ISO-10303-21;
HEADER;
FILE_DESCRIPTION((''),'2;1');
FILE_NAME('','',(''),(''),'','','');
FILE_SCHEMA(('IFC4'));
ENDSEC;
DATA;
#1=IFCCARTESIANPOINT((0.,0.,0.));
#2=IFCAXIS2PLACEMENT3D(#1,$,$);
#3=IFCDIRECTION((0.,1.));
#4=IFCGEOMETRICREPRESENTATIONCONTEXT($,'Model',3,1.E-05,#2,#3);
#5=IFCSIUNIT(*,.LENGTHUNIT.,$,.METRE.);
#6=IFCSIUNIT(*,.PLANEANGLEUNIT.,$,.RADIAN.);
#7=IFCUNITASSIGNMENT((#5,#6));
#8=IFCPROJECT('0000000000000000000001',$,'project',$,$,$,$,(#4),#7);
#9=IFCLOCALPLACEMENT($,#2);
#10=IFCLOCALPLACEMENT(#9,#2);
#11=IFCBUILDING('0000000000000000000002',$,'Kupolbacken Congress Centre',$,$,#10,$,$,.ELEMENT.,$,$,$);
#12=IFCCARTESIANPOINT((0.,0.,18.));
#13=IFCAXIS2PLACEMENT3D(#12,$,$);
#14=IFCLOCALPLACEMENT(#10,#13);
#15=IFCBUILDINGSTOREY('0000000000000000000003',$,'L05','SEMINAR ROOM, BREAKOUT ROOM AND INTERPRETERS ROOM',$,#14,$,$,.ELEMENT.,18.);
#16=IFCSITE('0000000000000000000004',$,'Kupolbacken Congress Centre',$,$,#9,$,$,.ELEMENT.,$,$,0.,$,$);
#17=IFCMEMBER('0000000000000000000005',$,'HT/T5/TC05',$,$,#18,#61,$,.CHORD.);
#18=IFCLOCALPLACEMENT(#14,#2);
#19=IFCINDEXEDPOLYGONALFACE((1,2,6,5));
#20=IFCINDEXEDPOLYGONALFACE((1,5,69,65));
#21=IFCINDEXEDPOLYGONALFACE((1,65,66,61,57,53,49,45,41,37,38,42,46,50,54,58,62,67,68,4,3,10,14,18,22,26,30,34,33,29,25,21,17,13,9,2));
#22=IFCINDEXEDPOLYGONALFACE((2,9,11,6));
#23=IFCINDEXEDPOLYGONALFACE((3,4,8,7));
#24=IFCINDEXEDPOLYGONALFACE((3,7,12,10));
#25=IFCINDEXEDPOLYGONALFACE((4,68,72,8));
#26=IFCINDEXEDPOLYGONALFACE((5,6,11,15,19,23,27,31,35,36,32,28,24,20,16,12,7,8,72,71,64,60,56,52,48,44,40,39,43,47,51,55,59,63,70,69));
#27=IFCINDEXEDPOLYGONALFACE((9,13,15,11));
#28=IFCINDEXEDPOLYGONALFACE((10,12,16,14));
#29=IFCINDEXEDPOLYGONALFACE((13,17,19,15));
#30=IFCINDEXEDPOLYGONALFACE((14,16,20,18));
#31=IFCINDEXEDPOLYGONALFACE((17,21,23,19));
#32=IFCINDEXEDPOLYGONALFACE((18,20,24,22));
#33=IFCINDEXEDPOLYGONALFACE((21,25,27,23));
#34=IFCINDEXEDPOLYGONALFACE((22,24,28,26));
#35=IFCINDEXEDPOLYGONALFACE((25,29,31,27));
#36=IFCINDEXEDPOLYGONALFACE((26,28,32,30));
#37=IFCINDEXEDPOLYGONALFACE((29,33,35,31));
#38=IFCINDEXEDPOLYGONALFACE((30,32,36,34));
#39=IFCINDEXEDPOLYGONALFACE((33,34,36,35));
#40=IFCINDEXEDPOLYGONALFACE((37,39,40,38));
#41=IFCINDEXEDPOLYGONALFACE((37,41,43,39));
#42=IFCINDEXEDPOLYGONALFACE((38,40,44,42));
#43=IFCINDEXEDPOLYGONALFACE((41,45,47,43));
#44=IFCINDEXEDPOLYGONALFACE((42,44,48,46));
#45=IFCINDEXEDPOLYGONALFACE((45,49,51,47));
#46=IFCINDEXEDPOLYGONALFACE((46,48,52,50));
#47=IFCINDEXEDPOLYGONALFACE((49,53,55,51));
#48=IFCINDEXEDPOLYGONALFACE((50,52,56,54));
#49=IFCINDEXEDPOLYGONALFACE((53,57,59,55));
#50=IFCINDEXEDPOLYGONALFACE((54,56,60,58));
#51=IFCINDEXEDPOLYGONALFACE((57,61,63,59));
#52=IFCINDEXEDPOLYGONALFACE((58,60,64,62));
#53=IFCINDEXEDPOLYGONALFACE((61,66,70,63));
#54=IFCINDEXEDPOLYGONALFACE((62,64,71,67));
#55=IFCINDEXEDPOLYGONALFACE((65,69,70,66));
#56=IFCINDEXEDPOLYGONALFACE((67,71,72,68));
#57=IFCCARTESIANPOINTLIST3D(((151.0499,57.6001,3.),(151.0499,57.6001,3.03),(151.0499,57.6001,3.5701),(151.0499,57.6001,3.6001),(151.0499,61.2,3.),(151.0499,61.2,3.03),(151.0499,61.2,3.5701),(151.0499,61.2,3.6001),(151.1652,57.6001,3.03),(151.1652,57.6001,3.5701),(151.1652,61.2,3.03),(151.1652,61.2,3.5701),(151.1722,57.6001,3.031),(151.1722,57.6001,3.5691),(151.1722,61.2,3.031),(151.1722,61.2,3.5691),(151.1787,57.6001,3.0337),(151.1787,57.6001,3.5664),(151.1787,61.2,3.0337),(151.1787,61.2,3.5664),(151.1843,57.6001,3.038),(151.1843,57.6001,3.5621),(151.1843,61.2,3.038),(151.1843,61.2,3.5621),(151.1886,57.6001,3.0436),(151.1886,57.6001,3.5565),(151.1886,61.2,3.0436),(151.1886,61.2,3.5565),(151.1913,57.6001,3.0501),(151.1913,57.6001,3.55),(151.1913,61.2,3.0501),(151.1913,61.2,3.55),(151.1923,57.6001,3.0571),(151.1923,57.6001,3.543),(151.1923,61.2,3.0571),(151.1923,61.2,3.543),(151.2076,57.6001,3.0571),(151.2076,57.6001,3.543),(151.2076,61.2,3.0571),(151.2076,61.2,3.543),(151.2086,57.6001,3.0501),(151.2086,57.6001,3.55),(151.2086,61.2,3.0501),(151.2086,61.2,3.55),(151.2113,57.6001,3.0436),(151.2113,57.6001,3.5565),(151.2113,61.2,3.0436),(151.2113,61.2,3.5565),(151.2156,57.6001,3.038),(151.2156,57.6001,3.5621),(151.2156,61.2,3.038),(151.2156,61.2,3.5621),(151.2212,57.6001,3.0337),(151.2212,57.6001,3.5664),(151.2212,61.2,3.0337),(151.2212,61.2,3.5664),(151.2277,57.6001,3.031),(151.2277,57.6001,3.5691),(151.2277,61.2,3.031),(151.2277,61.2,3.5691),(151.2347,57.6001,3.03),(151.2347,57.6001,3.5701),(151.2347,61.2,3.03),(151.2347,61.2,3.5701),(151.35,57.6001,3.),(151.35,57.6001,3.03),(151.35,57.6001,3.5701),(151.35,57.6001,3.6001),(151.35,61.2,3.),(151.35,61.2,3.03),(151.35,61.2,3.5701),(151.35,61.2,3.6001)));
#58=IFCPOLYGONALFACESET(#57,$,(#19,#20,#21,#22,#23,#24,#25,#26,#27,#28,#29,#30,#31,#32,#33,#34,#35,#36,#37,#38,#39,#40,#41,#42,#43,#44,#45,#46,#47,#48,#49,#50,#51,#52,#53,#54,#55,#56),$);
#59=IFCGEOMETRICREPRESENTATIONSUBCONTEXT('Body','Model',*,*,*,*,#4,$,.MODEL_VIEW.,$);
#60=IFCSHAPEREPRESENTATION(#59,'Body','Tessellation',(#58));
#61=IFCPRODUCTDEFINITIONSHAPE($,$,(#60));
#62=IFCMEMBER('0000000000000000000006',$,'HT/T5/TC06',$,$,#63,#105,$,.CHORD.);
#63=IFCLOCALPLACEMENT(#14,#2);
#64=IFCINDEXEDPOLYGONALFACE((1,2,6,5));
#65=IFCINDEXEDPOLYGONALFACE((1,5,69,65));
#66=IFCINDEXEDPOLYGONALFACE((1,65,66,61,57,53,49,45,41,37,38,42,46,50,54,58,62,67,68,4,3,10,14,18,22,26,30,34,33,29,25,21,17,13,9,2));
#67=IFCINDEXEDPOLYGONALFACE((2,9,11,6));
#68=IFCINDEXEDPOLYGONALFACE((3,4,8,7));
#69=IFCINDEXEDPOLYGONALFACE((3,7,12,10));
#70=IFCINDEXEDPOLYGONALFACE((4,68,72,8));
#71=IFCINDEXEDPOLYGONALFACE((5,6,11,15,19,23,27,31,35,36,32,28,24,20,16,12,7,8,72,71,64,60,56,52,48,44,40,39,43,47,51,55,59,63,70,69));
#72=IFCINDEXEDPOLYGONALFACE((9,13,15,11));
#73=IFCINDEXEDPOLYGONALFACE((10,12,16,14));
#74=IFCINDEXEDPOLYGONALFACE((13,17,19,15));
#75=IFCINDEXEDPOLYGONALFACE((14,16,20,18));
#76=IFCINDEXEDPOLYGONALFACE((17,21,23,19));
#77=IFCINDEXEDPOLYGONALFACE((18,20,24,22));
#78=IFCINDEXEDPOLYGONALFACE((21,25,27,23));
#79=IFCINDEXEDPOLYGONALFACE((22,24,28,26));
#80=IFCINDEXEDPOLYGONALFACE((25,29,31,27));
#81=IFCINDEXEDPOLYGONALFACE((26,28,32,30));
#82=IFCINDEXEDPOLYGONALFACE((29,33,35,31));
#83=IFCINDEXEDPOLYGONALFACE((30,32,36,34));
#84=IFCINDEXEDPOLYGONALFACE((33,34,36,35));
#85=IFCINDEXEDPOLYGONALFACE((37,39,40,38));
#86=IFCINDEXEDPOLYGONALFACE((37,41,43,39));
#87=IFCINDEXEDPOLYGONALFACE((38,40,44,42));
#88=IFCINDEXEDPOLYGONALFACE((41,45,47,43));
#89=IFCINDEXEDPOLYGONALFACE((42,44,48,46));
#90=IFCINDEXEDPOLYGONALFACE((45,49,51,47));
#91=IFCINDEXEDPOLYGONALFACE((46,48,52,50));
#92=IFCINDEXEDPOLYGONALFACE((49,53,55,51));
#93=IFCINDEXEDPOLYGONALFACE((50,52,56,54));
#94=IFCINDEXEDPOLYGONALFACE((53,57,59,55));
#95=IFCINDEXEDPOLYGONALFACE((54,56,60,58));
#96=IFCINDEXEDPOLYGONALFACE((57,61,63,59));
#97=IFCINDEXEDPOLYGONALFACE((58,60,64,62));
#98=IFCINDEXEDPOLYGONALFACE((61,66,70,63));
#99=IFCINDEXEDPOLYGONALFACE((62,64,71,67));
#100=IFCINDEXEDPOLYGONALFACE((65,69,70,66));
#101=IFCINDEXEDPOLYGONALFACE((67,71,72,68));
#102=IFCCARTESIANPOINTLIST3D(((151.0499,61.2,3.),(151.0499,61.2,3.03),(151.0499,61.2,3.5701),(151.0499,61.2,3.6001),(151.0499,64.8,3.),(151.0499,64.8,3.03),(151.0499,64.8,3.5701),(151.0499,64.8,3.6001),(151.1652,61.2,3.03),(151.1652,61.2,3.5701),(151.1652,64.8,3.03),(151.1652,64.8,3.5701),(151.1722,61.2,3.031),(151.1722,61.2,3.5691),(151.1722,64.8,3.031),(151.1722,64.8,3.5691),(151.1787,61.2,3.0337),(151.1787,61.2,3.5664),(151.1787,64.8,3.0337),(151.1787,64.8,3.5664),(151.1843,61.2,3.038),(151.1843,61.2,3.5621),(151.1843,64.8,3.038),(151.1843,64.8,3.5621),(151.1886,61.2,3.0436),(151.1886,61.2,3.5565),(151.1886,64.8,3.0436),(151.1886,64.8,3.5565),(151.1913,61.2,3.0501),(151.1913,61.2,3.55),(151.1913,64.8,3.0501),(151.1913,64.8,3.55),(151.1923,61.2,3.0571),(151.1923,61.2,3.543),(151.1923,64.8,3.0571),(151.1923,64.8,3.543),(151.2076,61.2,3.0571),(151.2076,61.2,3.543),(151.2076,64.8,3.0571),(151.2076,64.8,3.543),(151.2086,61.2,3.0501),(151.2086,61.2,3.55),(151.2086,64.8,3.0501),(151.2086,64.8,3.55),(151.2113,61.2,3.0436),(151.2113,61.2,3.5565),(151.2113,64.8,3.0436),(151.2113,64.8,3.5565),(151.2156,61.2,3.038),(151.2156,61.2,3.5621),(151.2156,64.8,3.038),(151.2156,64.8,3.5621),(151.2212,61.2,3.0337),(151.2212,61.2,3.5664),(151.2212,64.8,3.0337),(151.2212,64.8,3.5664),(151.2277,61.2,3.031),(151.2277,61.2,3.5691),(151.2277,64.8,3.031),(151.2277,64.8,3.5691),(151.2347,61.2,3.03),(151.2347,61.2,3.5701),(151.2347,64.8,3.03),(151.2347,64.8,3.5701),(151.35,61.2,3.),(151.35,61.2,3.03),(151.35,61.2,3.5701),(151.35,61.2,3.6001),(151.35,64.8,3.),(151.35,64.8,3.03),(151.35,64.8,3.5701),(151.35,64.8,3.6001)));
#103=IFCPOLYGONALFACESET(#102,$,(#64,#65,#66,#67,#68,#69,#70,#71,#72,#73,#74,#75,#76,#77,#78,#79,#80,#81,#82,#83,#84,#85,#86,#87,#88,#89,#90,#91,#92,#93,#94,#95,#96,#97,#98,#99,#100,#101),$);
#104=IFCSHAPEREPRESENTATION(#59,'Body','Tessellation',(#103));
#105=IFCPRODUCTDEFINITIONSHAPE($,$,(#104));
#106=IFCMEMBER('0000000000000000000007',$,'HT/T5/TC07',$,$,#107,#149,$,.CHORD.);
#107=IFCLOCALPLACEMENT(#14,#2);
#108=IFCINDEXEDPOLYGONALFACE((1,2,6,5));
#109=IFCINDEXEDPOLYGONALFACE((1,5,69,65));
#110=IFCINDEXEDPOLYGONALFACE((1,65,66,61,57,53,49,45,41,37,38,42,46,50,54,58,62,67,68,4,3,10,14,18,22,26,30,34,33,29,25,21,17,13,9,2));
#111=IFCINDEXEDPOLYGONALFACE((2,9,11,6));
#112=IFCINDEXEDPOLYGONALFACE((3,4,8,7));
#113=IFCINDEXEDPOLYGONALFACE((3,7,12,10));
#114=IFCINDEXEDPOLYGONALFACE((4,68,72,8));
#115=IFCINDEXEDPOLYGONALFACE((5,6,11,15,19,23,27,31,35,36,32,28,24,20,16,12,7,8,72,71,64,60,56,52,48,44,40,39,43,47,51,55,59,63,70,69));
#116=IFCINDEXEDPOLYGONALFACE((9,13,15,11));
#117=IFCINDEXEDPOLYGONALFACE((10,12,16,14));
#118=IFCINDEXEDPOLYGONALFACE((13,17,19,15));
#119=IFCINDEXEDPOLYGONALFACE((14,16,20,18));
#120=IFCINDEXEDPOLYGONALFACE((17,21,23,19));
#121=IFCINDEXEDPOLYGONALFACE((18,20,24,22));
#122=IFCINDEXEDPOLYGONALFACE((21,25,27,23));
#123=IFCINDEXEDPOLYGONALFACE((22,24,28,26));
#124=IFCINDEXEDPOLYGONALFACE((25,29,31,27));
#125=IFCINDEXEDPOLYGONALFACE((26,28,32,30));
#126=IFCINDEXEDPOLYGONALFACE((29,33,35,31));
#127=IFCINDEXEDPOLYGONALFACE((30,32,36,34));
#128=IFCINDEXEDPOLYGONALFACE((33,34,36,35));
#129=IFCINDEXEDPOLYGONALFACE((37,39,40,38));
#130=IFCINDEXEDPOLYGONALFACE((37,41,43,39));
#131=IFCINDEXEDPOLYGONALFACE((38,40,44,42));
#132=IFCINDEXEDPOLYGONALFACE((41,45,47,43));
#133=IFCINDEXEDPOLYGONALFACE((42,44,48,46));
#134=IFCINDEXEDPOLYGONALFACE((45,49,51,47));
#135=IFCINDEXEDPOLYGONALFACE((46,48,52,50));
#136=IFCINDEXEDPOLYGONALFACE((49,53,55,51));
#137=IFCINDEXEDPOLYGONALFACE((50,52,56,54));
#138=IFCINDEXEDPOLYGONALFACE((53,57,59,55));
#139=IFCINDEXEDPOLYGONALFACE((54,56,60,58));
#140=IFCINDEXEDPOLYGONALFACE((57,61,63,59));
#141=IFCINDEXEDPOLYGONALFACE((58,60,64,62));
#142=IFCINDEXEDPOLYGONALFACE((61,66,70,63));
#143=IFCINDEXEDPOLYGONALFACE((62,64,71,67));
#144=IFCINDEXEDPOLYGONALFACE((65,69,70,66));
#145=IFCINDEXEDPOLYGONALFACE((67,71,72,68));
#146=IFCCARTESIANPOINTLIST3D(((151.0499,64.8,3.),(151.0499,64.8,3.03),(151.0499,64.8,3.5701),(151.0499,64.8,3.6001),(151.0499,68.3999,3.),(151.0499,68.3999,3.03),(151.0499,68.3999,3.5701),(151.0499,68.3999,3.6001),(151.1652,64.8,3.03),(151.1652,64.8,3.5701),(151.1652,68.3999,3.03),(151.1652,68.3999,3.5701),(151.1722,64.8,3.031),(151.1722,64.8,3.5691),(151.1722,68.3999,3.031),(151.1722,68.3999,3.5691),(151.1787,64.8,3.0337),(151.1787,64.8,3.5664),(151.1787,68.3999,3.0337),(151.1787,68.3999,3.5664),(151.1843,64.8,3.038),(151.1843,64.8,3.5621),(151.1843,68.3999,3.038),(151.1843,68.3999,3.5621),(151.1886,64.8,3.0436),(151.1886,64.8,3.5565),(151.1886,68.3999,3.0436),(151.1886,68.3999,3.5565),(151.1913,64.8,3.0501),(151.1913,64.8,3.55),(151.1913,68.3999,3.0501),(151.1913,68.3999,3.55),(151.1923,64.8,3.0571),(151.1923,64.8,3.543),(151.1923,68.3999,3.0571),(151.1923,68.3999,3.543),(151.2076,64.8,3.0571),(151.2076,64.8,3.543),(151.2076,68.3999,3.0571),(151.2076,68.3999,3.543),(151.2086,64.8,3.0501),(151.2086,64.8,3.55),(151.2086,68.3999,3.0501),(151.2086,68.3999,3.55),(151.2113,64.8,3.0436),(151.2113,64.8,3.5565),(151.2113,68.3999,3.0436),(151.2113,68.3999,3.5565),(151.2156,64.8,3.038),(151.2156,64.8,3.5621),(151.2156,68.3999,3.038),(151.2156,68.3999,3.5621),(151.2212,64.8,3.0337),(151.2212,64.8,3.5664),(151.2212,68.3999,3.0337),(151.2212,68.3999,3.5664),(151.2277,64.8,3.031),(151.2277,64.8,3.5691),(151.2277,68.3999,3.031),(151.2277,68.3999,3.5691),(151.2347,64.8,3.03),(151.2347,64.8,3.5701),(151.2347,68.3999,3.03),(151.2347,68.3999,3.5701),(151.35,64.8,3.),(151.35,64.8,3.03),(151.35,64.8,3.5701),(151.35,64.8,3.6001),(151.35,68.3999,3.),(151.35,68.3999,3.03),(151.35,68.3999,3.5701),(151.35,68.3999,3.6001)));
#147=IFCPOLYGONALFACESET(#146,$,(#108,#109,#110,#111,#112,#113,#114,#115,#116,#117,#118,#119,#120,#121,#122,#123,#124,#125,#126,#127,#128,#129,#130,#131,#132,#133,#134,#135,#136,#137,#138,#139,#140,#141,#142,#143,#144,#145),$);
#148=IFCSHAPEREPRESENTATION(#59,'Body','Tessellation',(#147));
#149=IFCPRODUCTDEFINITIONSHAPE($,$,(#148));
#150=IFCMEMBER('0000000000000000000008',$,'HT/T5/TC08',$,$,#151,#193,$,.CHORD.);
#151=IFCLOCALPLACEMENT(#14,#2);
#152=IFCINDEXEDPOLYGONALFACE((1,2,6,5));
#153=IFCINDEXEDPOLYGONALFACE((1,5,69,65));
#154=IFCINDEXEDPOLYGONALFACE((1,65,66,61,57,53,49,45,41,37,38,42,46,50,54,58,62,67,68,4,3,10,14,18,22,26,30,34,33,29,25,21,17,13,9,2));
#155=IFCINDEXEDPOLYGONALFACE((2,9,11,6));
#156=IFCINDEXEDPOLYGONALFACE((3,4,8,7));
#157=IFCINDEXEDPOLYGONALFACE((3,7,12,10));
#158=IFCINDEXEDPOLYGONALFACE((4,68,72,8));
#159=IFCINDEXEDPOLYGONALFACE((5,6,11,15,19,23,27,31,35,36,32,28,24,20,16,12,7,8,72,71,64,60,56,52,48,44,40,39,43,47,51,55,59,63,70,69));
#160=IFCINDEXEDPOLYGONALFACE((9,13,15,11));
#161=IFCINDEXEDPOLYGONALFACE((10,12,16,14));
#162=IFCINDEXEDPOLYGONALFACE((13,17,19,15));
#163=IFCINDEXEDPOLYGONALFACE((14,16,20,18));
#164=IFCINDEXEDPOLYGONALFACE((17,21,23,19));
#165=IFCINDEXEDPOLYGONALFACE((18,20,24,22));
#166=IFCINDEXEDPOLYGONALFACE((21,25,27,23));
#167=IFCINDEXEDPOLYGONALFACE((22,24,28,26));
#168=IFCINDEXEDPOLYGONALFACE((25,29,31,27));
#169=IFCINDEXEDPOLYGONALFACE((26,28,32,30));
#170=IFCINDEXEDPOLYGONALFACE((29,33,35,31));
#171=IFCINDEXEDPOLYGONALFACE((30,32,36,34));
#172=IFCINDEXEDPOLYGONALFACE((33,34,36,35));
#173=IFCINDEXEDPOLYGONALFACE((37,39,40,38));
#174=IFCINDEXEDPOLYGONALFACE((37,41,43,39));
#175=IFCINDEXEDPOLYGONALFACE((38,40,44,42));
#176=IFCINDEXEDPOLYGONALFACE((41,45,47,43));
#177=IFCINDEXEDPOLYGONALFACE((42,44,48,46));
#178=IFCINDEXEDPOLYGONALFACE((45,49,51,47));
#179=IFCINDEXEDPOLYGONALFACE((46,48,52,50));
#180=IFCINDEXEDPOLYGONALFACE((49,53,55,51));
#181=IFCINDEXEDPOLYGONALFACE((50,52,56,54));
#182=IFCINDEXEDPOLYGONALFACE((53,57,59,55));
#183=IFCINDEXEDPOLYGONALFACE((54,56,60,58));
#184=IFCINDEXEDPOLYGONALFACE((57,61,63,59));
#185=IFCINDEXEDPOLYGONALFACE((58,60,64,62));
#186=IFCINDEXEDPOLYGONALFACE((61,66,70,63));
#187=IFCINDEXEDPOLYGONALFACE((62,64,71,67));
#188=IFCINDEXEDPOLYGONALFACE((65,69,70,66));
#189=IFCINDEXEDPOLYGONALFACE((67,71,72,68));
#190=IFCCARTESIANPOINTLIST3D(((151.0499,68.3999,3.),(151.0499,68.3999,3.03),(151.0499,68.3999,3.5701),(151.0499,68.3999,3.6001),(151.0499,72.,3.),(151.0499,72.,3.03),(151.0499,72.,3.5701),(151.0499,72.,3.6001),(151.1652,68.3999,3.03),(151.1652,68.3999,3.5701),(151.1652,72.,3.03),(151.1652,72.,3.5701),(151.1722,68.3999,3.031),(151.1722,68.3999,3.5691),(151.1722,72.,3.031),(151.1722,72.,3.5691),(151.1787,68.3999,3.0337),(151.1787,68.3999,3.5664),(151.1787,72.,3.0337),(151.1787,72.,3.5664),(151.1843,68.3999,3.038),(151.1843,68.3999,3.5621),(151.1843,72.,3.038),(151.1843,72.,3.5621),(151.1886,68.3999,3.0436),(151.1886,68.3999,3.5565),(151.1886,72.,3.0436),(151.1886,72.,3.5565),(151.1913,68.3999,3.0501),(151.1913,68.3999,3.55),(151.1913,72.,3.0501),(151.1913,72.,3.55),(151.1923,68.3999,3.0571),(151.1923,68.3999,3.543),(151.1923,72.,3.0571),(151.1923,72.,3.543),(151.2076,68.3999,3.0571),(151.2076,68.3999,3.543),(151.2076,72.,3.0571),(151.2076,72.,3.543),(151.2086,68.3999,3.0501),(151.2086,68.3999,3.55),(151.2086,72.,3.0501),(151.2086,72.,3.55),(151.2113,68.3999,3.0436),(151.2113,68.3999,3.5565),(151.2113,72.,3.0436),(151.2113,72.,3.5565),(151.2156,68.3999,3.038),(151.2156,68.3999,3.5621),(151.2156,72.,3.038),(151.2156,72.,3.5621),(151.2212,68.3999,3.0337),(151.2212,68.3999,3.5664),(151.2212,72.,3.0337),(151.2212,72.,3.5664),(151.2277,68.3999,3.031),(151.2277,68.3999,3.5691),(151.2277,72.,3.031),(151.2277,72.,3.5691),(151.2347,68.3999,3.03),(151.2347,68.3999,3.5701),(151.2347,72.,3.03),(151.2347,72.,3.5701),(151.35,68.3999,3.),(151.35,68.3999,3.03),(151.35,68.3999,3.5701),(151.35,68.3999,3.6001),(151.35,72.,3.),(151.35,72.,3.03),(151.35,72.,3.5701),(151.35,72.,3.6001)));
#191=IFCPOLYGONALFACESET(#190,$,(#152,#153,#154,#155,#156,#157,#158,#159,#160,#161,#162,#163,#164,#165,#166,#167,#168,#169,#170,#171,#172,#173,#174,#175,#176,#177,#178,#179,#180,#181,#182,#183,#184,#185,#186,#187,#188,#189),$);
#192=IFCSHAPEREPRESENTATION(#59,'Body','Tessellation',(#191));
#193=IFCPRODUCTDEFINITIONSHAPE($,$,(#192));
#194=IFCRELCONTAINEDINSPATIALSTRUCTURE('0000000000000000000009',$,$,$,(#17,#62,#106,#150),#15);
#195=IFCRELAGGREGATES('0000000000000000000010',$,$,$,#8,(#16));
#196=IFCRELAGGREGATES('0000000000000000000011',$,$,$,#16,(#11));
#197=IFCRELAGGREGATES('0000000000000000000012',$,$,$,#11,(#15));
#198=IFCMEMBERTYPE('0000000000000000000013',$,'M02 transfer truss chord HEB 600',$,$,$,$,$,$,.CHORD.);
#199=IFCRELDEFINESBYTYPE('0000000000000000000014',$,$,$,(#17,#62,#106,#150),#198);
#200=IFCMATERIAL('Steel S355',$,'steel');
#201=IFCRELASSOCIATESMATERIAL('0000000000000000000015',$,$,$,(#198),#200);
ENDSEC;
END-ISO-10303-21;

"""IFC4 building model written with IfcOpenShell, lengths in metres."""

from ifc_helpers import new_model, si_unit, direction, frame, origin, origin_2d, place, context, subcontext, project, spatial, i_section, extrude, material, material_profile, profile_set, type_object, element, save


model = new_model("IFC4")

# Units and contexts
model_context = context("Model", 3, precision=1e-05, world=origin(), true_north=direction((0.0, 1.0)))
body_context = subcontext(model_context, "Body", "Model", "MODEL_VIEW")
ifc_project = project(units=[si_unit("LENGTHUNIT", "METRE"), si_unit("PLANEANGLEUNIT", "RADIAN")], contexts=[model_context])

# Site, building, storey
site_placement = place(None, origin())
site = spatial("IfcSite", under=ifc_project, at=site_placement, Name="Kupolbacken Congress Centre", CompositionType="ELEMENT", RefElevation=0.0)
building_placement = place(site_placement, origin())
building = spatial("IfcBuilding", under=site, at=building_placement, Name="Kupolbacken Congress Centre", CompositionType="ELEMENT")
storey_placement = place(building_placement, frame((0.0, 0.0, 18.0)))
storey = spatial("IfcBuildingStorey", under=building, at=storey_placement, Name="L05", Description="SEMINAR ROOM, BREAKOUT ROOM AND INTERPRETERS ROOM", CompositionType="ELEMENT", Elevation=18.0)

# Members
ifc_material_1 = material(Name="Steel S355", Category="steel")
ifc_material_profile_1 = material_profile(ifc_material_1, i_section(OverallWidth=0.3, OverallDepth=0.6001, WebThickness=0.0154, FlangeThickness=0.03, FilletRadius=0.0271, at=origin_2d()), Name="HEB 600")
ifc_profile_set_1 = profile_set([ifc_material_profile_1], Name="Steel S355")
member_type_1 = type_object("IfcMemberType", Name="M02 transfer truss chord HEB 600", PredefinedType="CHORD", material=ifc_profile_set_1)
member_1_placement = place(storey_placement, frame((151.2, 57.6001, 3.3), z_axis=(0.0, 1.0, 0.0), x_axis=(-1.0, 0.0, 0.0)))
element("IfcMember", 1, at=member_1_placement, inside=storey, type_object=member_type_1, Name="HT/T5/TC05", PredefinedType="CHORD", context=body_context, shape_type="SweptSolid", body=[
    extrude(i_section(OverallWidth=0.3, OverallDepth=0.6001, WebThickness=0.0154, FlangeThickness=0.03, FilletRadius=0.0271, at=origin_2d()), origin(), (0.0, 0.0, 1.0), 3.5999),
])
member_2_placement = place(storey_placement, frame((151.2, 61.2, 3.3), z_axis=(0.0, 1.0, 0.0), x_axis=(-1.0, 0.0, 0.0)))
element("IfcMember", 2, at=member_2_placement, inside=storey, type_object=member_type_1, Name="HT/T5/TC06", PredefinedType="CHORD", context=body_context, shape_type="SweptSolid", body=[
    extrude(i_section(OverallWidth=0.3, OverallDepth=0.6001, WebThickness=0.0154, FlangeThickness=0.03, FilletRadius=0.0271, at=origin_2d()), origin(), (0.0, 0.0, 1.0), 3.6001),
])
member_3_placement = place(storey_placement, frame((151.2, 64.8, 3.3), z_axis=(0.0, 1.0, 0.0), x_axis=(-1.0, 0.0, 0.0)))
element("IfcMember", 3, at=member_3_placement, inside=storey, type_object=member_type_1, Name="HT/T5/TC07", PredefinedType="CHORD", context=body_context, shape_type="SweptSolid", body=[
    extrude(i_section(OverallWidth=0.3, OverallDepth=0.6001, WebThickness=0.0154, FlangeThickness=0.03, FilletRadius=0.0271, at=origin_2d()), origin(), (0.0, 0.0, 1.0), 3.5999),
])
member_4_placement = place(storey_placement, frame((151.2, 68.3999, 3.3), z_axis=(0.0, 1.0, 0.0), x_axis=(-1.0, 0.0, 0.0)))
element("IfcMember", 4, at=member_4_placement, inside=storey, type_object=member_type_1, Name="HT/T5/TC08", PredefinedType="CHORD", context=body_context, shape_type="SweptSolid", body=[
    extrude(i_section(OverallWidth=0.3, OverallDepth=0.6001, WebThickness=0.0154, FlangeThickness=0.03, FilletRadius=0.0271, at=origin_2d()), origin(), (0.0, 0.0, 1.0), 3.6001),
])

save(model, "model.ifc")
